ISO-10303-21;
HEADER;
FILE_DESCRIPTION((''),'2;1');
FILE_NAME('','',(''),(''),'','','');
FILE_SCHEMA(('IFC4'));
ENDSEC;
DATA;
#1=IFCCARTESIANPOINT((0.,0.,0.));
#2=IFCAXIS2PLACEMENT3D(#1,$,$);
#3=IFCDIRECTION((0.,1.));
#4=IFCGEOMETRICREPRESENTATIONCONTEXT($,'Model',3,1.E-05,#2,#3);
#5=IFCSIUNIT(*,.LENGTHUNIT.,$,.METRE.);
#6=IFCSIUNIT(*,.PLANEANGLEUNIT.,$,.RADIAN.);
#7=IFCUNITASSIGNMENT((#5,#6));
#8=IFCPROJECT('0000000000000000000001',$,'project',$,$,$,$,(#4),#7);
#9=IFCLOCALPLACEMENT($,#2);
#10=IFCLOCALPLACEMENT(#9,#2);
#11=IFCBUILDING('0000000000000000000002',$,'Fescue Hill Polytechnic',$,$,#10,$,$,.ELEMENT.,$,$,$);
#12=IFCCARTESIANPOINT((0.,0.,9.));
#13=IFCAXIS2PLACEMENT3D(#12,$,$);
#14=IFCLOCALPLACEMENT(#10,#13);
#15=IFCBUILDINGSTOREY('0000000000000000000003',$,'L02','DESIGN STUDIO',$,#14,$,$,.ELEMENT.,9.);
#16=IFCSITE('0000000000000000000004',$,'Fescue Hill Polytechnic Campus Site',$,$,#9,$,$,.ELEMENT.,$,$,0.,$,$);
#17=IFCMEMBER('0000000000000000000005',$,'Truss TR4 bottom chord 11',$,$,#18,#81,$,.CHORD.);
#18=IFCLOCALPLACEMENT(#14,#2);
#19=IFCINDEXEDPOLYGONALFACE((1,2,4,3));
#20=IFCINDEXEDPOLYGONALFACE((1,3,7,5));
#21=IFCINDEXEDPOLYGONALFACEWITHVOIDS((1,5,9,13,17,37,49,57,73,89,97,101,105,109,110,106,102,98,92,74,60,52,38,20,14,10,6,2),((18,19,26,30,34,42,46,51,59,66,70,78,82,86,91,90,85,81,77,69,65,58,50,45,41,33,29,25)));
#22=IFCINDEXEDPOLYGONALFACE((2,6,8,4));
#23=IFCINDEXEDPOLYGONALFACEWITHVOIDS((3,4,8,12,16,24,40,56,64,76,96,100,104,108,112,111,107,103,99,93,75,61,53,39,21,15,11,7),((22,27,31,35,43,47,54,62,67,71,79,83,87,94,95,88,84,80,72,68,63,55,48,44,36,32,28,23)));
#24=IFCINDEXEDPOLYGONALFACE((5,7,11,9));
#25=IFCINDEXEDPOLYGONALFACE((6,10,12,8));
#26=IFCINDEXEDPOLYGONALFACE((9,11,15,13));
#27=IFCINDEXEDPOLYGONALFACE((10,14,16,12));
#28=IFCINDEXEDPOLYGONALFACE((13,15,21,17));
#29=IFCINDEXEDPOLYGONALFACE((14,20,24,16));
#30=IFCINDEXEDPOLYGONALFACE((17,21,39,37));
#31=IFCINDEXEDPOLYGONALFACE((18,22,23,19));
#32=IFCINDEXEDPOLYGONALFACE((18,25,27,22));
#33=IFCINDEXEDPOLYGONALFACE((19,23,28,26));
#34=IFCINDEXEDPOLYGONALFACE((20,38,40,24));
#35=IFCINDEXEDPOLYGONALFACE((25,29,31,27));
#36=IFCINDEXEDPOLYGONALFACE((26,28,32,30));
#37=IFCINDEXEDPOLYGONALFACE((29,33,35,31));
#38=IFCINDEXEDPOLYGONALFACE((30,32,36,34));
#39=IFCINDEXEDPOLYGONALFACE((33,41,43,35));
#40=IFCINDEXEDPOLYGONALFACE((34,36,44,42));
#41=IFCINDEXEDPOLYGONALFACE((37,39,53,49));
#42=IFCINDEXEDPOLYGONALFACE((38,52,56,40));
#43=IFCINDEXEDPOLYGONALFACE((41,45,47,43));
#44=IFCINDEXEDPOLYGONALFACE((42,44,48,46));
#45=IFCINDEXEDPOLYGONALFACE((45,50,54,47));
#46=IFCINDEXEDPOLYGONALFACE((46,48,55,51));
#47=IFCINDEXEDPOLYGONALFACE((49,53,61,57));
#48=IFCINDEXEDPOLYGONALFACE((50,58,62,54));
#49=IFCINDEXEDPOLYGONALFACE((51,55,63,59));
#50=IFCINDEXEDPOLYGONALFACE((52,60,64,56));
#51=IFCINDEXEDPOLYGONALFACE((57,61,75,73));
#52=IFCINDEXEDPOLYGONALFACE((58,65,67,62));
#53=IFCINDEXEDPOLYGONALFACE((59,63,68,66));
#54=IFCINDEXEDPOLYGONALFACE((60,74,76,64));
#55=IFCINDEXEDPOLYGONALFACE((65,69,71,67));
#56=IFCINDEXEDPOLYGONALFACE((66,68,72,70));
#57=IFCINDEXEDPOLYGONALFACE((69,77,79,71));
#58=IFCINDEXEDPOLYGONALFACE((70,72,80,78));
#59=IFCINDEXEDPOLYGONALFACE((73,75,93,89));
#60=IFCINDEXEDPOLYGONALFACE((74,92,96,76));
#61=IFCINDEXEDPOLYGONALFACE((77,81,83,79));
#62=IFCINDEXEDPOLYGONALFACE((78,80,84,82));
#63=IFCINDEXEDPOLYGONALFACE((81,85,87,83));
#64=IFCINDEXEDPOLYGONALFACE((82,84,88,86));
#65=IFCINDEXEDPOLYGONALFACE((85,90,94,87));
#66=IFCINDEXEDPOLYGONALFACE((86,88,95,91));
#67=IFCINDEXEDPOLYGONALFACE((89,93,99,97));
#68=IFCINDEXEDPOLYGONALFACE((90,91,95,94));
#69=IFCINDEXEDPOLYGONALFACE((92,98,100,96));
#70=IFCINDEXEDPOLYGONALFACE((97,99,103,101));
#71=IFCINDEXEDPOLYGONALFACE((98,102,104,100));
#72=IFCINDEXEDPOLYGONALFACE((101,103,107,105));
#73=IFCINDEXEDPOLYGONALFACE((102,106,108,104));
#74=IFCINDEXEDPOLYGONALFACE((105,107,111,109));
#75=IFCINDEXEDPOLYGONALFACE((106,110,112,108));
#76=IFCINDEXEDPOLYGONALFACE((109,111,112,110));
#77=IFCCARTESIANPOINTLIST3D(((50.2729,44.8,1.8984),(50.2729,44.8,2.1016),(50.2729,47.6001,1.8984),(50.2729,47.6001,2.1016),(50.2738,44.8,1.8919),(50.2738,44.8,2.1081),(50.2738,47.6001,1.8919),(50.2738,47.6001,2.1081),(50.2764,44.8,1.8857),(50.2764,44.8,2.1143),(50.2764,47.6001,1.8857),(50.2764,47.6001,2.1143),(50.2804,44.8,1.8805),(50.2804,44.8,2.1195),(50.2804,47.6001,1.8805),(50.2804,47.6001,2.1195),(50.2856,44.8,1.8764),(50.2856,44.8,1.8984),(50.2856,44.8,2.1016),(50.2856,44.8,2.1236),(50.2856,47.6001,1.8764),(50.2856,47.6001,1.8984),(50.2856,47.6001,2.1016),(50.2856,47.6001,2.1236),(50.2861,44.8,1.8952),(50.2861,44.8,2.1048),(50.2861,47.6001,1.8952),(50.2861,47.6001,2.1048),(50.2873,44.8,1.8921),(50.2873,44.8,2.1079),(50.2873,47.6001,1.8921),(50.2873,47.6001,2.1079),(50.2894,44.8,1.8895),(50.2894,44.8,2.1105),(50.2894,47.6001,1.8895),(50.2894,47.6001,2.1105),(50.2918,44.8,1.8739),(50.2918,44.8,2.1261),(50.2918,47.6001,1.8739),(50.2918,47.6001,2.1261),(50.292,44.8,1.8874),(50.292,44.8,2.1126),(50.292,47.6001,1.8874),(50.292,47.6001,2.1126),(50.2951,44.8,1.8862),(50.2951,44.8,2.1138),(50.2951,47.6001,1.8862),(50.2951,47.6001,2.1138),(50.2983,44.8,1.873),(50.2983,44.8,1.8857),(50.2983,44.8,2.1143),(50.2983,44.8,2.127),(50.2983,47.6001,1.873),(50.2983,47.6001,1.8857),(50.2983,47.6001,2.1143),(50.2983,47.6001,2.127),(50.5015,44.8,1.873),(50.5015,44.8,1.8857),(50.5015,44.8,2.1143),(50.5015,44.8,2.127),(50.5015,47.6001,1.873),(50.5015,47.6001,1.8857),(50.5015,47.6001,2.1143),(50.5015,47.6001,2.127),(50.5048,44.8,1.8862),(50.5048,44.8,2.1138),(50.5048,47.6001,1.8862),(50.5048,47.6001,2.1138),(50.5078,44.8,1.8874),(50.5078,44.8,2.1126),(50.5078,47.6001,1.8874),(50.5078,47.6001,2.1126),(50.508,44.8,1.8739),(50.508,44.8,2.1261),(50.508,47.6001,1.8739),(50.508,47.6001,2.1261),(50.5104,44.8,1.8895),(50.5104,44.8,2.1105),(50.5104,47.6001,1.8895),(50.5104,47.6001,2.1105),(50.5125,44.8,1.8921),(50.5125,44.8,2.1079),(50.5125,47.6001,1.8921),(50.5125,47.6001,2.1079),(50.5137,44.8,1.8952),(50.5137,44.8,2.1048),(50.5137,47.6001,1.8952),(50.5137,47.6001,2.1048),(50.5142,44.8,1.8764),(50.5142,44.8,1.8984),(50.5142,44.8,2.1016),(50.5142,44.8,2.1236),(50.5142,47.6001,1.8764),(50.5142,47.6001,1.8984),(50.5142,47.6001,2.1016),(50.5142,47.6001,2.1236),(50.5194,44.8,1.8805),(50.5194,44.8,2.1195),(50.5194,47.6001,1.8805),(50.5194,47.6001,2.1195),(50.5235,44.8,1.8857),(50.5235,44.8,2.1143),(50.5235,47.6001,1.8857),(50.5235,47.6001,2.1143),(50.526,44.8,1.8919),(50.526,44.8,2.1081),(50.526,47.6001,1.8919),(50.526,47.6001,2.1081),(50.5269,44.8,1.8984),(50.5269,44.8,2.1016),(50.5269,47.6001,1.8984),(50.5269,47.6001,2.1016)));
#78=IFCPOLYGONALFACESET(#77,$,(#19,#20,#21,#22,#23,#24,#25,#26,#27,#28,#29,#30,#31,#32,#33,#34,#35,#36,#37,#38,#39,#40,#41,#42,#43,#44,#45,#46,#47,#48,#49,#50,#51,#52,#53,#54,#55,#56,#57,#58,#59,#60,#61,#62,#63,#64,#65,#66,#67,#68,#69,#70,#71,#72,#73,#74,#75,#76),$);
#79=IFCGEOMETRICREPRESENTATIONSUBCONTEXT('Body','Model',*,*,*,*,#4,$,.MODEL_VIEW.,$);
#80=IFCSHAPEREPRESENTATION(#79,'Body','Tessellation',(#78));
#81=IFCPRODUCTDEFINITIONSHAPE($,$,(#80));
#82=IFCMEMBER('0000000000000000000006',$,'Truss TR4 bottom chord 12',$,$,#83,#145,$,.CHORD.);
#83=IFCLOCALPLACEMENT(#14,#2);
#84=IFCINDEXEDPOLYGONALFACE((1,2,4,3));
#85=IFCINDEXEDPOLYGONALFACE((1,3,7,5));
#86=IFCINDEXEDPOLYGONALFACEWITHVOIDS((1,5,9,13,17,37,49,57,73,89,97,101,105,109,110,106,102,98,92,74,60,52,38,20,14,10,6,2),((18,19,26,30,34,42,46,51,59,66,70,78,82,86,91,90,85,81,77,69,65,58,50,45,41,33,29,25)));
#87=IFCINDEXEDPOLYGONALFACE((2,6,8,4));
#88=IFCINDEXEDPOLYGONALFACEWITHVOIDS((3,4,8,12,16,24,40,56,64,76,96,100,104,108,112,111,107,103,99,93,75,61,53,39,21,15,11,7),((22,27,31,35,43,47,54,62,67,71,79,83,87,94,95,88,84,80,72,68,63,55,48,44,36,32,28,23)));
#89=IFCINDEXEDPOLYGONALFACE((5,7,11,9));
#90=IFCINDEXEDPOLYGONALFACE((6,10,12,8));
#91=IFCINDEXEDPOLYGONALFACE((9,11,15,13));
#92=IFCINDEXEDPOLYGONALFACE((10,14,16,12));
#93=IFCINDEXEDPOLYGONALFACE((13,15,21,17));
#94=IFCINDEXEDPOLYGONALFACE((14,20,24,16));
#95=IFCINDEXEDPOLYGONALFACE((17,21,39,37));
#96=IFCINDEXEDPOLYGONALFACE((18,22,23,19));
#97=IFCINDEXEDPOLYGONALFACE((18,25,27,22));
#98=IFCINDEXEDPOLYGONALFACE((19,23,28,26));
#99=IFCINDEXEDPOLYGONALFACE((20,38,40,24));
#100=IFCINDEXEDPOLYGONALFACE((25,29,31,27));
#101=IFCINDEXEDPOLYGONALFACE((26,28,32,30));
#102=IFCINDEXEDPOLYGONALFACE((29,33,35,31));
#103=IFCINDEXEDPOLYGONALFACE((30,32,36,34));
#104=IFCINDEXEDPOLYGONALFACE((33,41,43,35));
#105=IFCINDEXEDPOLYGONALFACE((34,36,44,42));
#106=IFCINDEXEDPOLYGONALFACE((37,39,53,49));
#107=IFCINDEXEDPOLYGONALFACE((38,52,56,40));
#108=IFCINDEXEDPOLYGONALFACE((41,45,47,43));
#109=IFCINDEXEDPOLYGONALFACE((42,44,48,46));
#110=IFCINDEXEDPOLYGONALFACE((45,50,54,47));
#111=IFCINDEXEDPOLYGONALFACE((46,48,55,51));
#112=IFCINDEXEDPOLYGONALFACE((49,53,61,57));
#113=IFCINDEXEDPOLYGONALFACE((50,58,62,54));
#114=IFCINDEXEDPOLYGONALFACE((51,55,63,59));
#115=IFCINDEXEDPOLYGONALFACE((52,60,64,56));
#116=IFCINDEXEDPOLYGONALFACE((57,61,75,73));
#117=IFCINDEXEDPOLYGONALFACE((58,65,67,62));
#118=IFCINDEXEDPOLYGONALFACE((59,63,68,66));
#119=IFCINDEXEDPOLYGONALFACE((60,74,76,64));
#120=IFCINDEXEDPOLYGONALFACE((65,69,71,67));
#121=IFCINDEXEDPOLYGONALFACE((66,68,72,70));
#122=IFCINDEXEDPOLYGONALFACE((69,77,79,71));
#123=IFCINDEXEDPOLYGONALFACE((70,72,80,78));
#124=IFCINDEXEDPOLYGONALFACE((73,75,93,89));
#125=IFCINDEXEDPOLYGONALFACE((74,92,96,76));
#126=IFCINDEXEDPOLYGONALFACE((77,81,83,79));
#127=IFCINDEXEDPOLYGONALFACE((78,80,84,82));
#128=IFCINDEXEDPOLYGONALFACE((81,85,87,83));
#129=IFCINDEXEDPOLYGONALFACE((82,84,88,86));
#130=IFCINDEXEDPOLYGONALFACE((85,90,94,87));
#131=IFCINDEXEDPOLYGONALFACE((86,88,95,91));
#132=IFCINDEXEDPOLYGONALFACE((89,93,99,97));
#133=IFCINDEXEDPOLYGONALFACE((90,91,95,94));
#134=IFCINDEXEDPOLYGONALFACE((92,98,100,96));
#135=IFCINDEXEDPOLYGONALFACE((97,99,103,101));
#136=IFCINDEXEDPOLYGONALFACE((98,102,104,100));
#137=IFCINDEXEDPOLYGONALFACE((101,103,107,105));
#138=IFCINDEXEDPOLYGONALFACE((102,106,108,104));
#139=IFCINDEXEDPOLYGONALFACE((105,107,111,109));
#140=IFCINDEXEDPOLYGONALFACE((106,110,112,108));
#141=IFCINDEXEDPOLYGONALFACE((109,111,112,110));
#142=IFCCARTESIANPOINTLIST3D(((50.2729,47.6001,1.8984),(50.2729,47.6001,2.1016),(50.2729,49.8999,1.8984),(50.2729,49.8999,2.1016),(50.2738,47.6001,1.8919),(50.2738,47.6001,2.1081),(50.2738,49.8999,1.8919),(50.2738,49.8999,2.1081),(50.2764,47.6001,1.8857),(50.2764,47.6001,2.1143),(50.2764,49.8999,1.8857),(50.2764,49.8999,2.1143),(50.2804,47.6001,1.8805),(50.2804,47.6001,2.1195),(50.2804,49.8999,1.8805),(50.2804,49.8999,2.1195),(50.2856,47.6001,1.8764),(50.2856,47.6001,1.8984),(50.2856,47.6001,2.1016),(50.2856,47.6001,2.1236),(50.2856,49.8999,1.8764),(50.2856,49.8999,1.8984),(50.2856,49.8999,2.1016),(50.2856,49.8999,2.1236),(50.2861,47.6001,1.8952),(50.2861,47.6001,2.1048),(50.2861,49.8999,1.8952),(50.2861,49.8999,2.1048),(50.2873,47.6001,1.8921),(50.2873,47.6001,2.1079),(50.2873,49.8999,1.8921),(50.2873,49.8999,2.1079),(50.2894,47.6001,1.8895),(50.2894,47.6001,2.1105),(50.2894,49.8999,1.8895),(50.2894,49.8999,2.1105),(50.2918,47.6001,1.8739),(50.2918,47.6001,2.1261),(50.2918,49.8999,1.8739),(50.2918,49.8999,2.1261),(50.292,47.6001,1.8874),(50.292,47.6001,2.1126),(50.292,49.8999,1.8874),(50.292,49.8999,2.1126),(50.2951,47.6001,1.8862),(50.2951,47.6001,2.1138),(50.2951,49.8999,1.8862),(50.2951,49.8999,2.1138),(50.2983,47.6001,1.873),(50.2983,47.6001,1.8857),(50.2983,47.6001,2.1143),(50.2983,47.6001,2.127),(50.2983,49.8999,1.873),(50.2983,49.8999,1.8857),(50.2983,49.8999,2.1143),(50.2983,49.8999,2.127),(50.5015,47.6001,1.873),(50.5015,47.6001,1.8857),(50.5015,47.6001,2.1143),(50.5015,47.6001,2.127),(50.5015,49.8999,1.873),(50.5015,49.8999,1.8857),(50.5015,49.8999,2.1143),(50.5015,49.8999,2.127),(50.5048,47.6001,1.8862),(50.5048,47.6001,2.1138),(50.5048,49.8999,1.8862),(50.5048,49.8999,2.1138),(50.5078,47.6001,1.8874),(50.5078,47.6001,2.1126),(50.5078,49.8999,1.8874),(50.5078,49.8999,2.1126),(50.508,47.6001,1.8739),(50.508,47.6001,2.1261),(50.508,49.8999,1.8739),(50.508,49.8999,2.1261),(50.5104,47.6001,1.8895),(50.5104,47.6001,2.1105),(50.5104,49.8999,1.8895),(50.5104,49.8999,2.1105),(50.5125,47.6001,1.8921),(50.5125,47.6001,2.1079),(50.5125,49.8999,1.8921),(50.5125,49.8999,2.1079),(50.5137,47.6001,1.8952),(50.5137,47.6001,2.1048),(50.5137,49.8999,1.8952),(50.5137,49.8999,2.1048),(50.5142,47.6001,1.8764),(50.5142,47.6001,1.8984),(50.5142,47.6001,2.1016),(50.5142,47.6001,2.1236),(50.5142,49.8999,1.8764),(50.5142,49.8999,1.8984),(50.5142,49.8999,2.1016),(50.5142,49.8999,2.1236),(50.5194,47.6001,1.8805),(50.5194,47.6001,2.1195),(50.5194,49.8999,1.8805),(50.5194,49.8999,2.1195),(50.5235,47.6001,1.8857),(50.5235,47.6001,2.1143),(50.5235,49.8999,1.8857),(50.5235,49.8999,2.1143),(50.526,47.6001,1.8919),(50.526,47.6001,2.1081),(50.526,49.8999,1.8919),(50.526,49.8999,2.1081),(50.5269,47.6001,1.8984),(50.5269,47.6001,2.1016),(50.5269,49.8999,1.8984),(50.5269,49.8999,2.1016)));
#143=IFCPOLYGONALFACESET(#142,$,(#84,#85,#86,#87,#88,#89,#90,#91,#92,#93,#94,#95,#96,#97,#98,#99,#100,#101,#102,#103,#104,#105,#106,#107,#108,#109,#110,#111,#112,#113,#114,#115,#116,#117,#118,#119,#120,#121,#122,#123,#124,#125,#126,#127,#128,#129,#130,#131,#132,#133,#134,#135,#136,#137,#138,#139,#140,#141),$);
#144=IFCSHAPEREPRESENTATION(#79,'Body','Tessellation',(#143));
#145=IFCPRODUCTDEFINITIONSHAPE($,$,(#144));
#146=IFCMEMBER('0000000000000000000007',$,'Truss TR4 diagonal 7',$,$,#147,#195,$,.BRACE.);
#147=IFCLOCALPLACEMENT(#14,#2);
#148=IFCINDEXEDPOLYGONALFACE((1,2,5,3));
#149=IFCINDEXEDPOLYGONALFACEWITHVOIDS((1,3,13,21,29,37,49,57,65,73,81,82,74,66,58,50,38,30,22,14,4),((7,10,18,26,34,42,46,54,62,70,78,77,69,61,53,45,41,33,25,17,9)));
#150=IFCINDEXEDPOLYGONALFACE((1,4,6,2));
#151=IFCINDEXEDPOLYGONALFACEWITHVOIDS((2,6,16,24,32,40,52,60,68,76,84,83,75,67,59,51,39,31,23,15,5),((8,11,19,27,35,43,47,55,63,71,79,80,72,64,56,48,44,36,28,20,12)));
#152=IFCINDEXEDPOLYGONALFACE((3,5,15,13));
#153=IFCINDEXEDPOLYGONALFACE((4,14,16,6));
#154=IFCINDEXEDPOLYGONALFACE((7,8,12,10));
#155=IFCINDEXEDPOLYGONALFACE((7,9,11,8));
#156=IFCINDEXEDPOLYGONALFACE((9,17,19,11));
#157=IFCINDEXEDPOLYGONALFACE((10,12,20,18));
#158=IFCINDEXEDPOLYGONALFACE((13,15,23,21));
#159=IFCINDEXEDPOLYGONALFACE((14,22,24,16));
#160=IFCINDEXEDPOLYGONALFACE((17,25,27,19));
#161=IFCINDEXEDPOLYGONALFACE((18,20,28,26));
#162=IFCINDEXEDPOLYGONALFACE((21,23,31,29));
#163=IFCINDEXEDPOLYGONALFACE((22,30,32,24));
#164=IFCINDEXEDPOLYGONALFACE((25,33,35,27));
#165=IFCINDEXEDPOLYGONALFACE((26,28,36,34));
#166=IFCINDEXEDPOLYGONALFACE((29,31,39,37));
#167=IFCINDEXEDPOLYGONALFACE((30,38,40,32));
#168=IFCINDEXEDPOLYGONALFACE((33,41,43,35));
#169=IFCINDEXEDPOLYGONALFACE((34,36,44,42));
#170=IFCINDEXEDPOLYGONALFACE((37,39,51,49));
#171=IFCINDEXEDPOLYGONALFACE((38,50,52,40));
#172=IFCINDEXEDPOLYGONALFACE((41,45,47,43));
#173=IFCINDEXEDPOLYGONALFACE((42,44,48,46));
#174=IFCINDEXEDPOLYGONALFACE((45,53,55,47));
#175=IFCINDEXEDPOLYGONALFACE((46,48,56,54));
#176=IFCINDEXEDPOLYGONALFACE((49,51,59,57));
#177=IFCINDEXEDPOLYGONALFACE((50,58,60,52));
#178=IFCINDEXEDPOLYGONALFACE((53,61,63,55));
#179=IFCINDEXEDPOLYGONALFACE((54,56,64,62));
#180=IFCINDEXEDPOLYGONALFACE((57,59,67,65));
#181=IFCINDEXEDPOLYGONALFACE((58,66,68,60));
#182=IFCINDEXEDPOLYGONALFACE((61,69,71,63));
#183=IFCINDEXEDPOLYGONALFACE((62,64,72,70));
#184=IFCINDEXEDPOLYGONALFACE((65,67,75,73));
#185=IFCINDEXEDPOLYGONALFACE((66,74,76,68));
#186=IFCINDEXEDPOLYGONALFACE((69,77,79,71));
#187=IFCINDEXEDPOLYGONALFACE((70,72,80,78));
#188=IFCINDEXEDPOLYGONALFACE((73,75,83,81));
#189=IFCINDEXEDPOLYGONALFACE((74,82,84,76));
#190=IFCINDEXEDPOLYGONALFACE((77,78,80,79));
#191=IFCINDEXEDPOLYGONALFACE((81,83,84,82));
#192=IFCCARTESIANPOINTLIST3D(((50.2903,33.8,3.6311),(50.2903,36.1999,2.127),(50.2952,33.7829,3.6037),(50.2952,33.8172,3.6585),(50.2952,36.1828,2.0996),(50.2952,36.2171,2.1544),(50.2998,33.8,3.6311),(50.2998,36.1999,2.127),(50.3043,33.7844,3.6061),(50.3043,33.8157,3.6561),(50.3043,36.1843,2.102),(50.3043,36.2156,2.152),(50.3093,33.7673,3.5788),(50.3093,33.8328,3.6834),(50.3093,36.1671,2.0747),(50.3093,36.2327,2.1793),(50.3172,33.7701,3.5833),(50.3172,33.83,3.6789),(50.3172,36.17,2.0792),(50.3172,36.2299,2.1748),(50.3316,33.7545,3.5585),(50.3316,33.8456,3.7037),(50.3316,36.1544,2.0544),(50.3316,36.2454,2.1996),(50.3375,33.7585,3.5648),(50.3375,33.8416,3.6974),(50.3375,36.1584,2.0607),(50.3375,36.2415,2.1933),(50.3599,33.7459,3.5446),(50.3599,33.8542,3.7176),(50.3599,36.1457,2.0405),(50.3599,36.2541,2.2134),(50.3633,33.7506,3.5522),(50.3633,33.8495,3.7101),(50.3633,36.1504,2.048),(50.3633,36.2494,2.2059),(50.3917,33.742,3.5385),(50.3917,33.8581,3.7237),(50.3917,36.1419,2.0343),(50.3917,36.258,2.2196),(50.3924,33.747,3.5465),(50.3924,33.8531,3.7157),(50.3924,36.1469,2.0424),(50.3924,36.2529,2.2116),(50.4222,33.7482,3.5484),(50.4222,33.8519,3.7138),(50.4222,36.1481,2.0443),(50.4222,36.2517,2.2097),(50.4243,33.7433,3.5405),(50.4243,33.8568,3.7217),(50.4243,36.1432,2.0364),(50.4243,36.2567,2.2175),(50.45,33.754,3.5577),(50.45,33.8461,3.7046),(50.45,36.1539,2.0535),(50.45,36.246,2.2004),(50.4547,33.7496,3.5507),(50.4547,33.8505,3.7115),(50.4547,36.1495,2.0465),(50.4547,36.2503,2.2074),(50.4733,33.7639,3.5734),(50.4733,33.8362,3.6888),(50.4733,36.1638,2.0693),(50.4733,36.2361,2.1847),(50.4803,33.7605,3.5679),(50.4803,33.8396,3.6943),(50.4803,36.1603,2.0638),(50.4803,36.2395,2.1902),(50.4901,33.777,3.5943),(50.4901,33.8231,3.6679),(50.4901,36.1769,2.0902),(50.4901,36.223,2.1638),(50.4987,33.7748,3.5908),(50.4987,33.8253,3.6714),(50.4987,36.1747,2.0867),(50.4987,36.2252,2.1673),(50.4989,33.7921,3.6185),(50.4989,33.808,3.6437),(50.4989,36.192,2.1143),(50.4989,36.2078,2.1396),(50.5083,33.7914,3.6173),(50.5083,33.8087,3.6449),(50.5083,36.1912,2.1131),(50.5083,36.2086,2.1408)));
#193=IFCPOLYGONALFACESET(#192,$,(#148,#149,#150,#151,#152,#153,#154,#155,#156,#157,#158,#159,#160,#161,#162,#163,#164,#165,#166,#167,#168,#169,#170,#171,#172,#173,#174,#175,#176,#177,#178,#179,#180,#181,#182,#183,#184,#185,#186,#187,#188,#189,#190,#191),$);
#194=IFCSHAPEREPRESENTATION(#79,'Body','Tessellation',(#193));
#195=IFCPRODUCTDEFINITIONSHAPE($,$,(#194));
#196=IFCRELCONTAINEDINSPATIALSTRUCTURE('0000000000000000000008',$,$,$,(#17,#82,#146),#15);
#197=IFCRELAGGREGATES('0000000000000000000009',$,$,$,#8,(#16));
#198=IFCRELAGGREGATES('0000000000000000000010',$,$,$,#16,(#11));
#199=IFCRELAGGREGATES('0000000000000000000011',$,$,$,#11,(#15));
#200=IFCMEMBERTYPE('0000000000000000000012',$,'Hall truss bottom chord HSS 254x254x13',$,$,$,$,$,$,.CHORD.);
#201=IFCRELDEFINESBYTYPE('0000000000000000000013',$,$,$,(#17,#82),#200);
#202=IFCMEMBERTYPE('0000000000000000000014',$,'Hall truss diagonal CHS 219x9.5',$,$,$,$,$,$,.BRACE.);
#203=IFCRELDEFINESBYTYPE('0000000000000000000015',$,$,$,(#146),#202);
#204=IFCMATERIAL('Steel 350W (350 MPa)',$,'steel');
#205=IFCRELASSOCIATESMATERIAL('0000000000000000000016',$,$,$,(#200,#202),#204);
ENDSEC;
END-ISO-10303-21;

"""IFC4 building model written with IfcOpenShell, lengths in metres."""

from ifc_helpers import new_model, si_unit, direction, frame, origin, origin_2d, place, context, subcontext, project, spatial, hollow_rectangle, hollow_circle, extrude, material, material_profile, profile_set, type_object, element, save


model = new_model("IFC4")

# Units and contexts
model_context = context("Model", 3, precision=1e-05, world=origin(), true_north=direction((0.0, 1.0)))
body_context = subcontext(model_context, "Body", "Model", "MODEL_VIEW")
ifc_project = project(units=[si_unit("LENGTHUNIT", "METRE"), si_unit("PLANEANGLEUNIT", "RADIAN")], contexts=[model_context])

# Site, building, storey
site_placement = place(None, origin())
site = spatial("IfcSite", under=ifc_project, at=site_placement, Name="Fescue Hill Polytechnic Campus Site", CompositionType="ELEMENT", RefElevation=0.0)
building_placement = place(site_placement, origin())
building = spatial("IfcBuilding", under=site, at=building_placement, Name="Fescue Hill Polytechnic", CompositionType="ELEMENT")
storey_placement = place(building_placement, frame((0.0, 0.0, 9.0)))
storey = spatial("IfcBuildingStorey", under=building, at=storey_placement, Name="L02", Description="DESIGN STUDIO", CompositionType="ELEMENT", Elevation=9.0)

# Members
ifc_material = material(Name="Steel 350W (350 MPa)", Category="steel")
ifc_material_profile_1 = material_profile(ifc_material, hollow_rectangle(XDim=0.2539, YDim=0.2539, WallThickness=0.0127, InnerFilletRadius=0.0127, OuterFilletRadius=0.0254, at=origin_2d()), Name="Hall truss bottom chord HSS 254x254x13")
ifc_profile_set_1 = profile_set([ifc_material_profile_1], Name="Steel 350W (350 MPa)")
member_type_1 = type_object("IfcMemberType", Name="Hall truss bottom chord HSS 254x254x13", PredefinedType="CHORD", material=ifc_profile_set_1)
for number, where, z_axis, x_axis, name in (
    (1, (50.3999, 44.8, 2.0), (0.0, 1.0, 0.0), (-1.0, 0.0, 0.0), "Truss TR4 bottom chord 11"),
):
    element("IfcMember", number, at=place(storey_placement, frame(where, z_axis=z_axis, x_axis=x_axis)), inside=storey, type_object=member_type_1, Name=name, PredefinedType="CHORD", context=body_context, shape_type="SweptSolid", body=[
        extrude(hollow_rectangle(XDim=0.2539, YDim=0.2539, WallThickness=0.0127, InnerFilletRadius=0.0127, OuterFilletRadius=0.0254, at=origin_2d()), origin(), (0.0, 0.0, 1.0), 2.8),
    ])
member_1_placement = place(storey_placement, frame((50.3999, 47.6001, 2.0), z_axis=(0.0, 1.0, 0.0), x_axis=(-1.0, 0.0, 0.0)))
element("IfcMember", 2, at=member_1_placement, inside=storey, type_object=member_type_1, Name="Truss TR4 bottom chord 12", PredefinedType="CHORD", context=body_context, shape_type="SweptSolid", body=[
    extrude(hollow_rectangle(XDim=0.2539, YDim=0.2539, WallThickness=0.0127, InnerFilletRadius=0.0127, OuterFilletRadius=0.0254, at=origin_2d()), origin(), (0.0, 0.0, 1.0), 2.2998),
])
ifc_material_profile_2 = material_profile(ifc_material, hollow_circle(Radius=0.1096, WallThickness=0.0095, at=origin_2d()), Name="Hall truss diagonal CHS 219x9.5")
ifc_profile_set_2 = profile_set([ifc_material_profile_2], Name="Steel 350W (350 MPa)")
member_type_2 = type_object("IfcMemberType", Name="Hall truss diagonal CHS 219x9.5", PredefinedType="BRACE", material=ifc_profile_set_2)
for number, where, z_axis, x_axis, name in (
    (3, (50.3999, 33.8, 3.6311), (0.0, 0.847329, -0.531068), (-1.0, 0.0, 0.0), "Truss TR4 diagonal 7"),
):
    element("IfcMember", number, at=place(storey_placement, frame(where, z_axis=z_axis, x_axis=x_axis)), inside=storey, type_object=member_type_2, Name=name, PredefinedType="BRACE", context=body_context, shape_type="SweptSolid", body=[
        extrude(hollow_circle(Radius=0.1096, WallThickness=0.0095, at=origin_2d()), origin(), (0.0, 0.0, 1.0), 2.8323),
    ])

save(model, "model.ifc")
